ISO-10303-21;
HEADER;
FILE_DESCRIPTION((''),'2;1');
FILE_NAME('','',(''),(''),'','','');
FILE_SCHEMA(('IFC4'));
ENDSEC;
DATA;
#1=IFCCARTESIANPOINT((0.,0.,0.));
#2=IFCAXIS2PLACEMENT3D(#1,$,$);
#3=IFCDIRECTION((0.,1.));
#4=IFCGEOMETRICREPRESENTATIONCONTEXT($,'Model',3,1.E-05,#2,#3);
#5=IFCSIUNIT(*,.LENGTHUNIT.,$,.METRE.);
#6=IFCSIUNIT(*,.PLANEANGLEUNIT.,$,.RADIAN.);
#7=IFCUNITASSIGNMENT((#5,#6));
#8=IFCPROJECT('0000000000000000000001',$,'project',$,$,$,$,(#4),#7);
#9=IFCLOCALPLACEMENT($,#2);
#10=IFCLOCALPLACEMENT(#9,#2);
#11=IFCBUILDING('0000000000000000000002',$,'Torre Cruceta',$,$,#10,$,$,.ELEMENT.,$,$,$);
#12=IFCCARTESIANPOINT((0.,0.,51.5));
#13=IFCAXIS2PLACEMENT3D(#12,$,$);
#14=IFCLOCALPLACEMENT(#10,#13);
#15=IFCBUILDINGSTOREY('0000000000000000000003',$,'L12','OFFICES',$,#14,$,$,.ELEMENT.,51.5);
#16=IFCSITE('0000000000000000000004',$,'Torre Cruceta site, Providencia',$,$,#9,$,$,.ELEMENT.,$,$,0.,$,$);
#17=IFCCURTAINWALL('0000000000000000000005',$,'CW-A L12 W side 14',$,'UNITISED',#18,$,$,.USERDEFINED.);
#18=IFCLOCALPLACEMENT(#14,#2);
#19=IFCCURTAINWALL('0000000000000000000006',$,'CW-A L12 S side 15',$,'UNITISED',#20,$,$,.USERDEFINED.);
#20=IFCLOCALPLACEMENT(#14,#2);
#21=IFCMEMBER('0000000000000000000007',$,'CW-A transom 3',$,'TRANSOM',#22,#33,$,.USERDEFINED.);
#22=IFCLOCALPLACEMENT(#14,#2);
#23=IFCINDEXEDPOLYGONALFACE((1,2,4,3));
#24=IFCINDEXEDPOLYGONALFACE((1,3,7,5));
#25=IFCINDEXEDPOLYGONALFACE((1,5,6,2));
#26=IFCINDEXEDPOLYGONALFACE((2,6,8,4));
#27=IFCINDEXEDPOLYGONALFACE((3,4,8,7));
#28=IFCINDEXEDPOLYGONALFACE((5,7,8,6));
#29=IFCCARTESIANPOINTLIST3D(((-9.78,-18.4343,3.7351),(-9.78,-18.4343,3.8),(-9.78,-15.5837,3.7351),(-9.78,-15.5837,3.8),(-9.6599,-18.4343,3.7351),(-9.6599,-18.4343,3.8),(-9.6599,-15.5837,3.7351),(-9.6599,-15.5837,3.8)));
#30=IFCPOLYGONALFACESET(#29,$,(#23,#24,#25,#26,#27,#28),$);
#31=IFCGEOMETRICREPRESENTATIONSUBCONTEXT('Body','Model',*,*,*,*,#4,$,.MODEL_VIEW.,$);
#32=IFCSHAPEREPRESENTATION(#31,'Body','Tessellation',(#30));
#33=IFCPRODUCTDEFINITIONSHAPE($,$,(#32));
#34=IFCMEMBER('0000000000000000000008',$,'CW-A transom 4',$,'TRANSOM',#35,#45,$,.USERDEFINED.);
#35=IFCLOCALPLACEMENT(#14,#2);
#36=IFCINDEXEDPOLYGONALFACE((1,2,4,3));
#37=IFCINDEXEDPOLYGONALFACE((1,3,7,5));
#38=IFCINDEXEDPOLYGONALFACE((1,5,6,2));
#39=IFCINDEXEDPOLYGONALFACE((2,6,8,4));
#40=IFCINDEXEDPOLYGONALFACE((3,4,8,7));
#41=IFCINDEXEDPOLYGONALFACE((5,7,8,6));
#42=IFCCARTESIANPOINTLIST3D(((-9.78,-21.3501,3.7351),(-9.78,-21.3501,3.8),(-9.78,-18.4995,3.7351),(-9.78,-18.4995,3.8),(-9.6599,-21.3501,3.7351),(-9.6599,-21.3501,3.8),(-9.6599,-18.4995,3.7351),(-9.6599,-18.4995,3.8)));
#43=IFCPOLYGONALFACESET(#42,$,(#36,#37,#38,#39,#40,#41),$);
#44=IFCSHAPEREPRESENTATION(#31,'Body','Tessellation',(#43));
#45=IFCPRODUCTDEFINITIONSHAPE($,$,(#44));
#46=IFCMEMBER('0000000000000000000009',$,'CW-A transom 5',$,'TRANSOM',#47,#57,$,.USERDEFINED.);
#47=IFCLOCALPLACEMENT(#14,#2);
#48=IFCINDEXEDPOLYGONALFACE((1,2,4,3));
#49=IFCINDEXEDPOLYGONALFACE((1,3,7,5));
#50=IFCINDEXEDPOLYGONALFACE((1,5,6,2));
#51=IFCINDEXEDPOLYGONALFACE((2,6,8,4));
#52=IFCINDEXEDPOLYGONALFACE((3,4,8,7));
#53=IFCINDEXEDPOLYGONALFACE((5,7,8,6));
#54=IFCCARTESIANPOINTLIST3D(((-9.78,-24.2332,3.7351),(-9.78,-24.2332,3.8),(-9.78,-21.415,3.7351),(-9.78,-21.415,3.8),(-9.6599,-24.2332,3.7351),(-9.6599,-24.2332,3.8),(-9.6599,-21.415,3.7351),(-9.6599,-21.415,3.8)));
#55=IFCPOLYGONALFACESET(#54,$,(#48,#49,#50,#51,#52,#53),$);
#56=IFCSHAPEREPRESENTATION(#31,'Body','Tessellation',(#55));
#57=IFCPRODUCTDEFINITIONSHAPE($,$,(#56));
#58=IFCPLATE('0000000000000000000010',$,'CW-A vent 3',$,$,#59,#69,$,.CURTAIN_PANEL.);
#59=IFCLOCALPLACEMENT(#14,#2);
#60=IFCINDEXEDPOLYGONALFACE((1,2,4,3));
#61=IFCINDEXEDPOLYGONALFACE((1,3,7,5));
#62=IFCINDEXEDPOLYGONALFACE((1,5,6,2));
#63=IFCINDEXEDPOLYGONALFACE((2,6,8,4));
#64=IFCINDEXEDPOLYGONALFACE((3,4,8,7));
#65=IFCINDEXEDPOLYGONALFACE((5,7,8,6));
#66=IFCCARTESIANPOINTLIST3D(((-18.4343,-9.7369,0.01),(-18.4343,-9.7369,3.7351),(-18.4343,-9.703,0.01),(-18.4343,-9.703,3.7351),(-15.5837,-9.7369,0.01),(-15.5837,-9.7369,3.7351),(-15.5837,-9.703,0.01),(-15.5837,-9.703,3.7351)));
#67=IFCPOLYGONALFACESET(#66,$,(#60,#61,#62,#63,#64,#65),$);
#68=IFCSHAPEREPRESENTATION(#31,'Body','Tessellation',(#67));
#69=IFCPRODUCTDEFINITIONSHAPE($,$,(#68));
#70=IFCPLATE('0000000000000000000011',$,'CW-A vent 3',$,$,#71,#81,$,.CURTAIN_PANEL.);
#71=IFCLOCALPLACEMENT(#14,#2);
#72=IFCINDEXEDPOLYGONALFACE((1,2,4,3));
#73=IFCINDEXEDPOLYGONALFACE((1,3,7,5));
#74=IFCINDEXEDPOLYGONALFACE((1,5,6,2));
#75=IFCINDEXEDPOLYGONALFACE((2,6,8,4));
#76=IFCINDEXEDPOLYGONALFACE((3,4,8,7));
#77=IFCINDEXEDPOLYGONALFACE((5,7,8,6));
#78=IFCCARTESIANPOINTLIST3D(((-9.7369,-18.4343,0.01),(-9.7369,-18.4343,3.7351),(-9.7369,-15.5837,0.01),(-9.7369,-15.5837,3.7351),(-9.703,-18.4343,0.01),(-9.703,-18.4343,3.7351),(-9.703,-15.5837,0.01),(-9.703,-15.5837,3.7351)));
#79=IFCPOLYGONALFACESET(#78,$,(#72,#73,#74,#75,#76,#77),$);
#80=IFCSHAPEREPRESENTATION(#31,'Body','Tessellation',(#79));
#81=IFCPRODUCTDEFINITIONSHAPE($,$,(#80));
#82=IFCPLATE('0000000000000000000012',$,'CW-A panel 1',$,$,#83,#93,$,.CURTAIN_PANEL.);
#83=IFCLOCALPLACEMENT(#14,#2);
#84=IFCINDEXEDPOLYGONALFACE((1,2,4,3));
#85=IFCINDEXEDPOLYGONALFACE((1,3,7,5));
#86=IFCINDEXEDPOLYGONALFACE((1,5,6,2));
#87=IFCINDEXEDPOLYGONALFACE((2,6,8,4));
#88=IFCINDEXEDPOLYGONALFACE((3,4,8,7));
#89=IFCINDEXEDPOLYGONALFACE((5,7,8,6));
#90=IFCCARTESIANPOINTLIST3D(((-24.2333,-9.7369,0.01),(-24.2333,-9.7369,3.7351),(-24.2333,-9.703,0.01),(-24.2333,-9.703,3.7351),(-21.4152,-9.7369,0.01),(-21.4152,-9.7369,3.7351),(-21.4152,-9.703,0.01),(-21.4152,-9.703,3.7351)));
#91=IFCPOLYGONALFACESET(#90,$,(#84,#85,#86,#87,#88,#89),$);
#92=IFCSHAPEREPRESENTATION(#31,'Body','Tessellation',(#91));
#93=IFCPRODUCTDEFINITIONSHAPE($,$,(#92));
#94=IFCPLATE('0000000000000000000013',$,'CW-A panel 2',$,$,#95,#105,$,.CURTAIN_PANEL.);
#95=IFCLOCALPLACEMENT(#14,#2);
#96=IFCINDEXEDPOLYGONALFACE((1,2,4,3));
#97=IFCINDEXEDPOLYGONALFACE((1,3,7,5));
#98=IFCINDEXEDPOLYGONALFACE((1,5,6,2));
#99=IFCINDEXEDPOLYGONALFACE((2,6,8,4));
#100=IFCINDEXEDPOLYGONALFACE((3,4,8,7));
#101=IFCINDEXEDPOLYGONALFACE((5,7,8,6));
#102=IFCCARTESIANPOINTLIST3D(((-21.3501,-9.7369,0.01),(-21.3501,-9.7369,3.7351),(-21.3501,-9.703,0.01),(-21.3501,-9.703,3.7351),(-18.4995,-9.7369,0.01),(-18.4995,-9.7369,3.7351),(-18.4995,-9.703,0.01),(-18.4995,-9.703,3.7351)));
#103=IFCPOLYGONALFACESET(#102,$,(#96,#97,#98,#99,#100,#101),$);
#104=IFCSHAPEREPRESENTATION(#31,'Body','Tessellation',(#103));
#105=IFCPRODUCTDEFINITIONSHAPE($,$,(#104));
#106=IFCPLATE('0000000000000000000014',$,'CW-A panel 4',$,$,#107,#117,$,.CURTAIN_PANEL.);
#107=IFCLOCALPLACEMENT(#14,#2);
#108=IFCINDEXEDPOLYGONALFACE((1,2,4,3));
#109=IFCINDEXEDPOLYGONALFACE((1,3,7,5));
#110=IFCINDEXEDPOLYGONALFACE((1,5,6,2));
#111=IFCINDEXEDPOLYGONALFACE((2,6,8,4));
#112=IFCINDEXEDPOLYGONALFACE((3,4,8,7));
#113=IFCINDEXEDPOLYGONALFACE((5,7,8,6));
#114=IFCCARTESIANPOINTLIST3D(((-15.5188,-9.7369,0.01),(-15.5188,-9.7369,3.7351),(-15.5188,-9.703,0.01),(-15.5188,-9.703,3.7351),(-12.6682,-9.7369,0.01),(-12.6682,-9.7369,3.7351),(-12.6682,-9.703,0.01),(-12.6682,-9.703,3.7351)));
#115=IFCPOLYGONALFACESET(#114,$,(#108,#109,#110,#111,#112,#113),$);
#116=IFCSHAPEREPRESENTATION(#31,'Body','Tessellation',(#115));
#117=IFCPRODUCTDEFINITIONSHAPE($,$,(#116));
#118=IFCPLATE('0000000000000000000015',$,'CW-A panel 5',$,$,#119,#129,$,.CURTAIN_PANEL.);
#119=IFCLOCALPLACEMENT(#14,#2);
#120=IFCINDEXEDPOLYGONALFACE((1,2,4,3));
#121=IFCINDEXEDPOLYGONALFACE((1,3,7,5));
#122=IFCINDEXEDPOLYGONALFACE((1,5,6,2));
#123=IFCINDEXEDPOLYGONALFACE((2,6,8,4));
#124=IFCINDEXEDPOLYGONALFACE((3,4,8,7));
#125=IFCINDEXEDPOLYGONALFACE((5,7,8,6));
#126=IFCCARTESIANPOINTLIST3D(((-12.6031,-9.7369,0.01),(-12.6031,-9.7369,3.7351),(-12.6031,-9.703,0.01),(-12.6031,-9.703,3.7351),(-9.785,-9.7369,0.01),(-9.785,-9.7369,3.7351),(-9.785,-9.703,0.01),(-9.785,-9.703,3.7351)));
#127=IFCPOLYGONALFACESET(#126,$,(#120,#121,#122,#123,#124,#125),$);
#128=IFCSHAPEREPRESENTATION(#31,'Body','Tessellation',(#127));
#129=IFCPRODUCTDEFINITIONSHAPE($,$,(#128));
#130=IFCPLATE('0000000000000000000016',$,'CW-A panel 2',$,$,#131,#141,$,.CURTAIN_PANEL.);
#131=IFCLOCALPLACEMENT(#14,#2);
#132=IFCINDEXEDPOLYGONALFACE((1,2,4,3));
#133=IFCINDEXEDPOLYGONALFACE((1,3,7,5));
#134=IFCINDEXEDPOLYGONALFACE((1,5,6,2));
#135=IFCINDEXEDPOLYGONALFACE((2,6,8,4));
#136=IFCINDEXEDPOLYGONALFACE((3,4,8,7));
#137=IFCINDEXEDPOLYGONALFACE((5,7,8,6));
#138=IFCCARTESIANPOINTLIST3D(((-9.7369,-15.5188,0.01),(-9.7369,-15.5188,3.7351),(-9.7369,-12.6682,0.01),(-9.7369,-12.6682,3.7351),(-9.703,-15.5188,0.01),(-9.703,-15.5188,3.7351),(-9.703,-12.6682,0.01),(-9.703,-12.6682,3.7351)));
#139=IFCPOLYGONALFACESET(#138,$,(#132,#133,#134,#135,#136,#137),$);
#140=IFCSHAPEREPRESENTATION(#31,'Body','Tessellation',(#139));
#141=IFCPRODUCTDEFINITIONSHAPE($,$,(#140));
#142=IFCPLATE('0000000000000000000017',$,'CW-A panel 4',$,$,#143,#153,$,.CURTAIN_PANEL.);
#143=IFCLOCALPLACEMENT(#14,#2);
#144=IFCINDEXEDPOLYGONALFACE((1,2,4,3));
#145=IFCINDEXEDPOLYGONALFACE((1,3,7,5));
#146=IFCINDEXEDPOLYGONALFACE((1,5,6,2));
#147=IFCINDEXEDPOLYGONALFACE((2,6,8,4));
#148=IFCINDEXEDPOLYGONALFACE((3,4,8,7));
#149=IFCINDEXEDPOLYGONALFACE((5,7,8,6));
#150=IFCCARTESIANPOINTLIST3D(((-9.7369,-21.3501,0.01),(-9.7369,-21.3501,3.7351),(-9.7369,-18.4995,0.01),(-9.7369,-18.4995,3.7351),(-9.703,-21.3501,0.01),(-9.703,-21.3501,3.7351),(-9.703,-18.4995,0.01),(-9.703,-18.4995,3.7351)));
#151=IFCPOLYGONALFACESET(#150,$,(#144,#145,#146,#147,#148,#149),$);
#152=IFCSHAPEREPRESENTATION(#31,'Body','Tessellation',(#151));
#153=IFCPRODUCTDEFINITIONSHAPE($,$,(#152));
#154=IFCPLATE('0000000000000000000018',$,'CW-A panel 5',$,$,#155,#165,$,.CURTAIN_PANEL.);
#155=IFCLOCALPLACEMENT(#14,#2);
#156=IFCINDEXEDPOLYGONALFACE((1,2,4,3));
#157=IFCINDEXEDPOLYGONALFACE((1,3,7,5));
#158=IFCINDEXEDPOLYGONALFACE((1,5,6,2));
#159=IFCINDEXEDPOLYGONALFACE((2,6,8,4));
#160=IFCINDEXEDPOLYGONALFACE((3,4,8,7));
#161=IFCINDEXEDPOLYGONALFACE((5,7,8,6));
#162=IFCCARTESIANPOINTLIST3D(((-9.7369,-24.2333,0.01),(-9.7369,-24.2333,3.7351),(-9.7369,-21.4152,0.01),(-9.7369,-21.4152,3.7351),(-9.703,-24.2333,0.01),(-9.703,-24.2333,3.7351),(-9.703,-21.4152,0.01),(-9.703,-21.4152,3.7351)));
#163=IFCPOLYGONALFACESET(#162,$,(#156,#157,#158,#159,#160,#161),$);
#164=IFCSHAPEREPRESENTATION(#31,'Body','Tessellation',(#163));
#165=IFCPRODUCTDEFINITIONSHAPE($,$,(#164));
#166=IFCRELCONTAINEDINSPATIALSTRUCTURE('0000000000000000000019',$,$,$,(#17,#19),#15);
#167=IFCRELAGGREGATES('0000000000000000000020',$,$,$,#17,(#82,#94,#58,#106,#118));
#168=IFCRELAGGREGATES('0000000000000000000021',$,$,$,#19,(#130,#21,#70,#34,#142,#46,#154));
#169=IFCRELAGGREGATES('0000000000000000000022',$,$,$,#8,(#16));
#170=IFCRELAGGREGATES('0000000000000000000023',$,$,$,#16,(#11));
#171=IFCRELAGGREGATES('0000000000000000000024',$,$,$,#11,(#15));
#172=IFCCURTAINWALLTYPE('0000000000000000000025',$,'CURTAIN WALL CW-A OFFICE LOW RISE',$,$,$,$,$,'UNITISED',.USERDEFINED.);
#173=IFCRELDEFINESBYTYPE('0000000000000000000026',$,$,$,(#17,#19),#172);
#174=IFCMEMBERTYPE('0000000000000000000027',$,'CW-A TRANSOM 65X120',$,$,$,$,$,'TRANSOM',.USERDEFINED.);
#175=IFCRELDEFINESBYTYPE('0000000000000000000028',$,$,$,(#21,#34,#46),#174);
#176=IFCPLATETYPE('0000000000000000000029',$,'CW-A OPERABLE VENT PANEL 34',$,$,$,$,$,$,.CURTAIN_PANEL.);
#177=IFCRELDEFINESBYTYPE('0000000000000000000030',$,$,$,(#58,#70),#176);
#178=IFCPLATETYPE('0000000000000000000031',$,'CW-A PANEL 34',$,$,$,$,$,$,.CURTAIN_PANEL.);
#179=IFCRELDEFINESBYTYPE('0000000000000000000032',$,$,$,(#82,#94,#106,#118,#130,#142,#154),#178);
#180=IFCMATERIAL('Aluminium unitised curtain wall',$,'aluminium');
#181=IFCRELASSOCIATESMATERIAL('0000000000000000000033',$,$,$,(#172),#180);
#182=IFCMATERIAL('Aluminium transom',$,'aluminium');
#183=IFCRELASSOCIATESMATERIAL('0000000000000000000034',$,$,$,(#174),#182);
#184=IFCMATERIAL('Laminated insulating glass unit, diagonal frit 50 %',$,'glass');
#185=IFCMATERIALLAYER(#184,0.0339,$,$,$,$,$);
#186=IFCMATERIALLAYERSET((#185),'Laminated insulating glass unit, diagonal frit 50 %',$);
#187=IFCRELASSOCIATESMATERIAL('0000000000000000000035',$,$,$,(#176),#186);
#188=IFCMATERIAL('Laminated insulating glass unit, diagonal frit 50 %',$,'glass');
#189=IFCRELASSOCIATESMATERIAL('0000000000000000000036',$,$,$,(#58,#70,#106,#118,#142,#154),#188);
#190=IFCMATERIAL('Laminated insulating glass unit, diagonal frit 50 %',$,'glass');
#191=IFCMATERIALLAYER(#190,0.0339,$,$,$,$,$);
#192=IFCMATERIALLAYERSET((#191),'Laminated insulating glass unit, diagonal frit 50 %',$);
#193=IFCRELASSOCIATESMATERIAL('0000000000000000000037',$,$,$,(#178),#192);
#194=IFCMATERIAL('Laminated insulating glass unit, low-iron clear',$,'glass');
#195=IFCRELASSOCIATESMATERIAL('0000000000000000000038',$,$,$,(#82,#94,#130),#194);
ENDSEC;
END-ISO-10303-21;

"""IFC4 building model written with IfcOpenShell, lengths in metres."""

from ifc_helpers import new_model, si_unit, direction, frame, origin, origin_2d, place, context, subcontext, project, spatial, rectangle, extrude, material, layer, layer_set, material_profile, profile_set, type_object, element, aggregate, save


model = new_model("IFC4")

# Units and contexts
model_context = context("Model", 3, precision=1e-05, world=origin(), true_north=direction((0.0, 1.0)))
body_context = subcontext(model_context, "Body", "Model", "MODEL_VIEW")
ifc_project = project(units=[si_unit("LENGTHUNIT", "METRE"), si_unit("PLANEANGLEUNIT", "RADIAN")], contexts=[model_context])

# Site, building, storey
site_placement = place(None, origin())
site = spatial("IfcSite", under=ifc_project, at=site_placement, Name="Torre Cruceta site, Providencia", CompositionType="ELEMENT", RefElevation=0.0)
building_placement = place(site_placement, origin())
building = spatial("IfcBuilding", under=site, at=building_placement, Name="Torre Cruceta", CompositionType="ELEMENT")
storey_placement = place(building_placement, frame((0.0, 0.0, 51.5)))
storey = spatial("IfcBuildingStorey", under=building, at=storey_placement, Name="L12", Description="OFFICES", CompositionType="ELEMENT", Elevation=51.5)

# Curtain walls
ifc_material_1 = material(Name="Aluminium unitised curtain wall", Category="aluminium")
curtain_wall_type = type_object("IfcCurtainWallType", Name="CURTAIN WALL CW-A OFFICE LOW RISE", ElementType="UNITISED", PredefinedType="USERDEFINED", material=ifc_material_1)
curtain_wall_1_placement = place(storey_placement, origin())
curtain_wall_1 = element("IfcCurtainWall", 1, at=curtain_wall_1_placement, inside=storey, type_object=curtain_wall_type, Name="CW-A L12 W side 14", ObjectType="UNITISED", PredefinedType="USERDEFINED")
curtain_wall_2_placement = place(storey_placement, origin())
curtain_wall_2 = element("IfcCurtainWall", 2, at=curtain_wall_2_placement, inside=storey, type_object=curtain_wall_type, Name="CW-A L12 S side 15", ObjectType="UNITISED", PredefinedType="USERDEFINED")

# Members
ifc_material_2 = material(Name="Aluminium transom", Category="aluminium")
ifc_material_profile_1 = material_profile(ifc_material_2, rectangle(XDim=0.1201, YDim=0.0649, at=origin_2d()), Name="AL 120X65")
ifc_profile_set_1 = profile_set([ifc_material_profile_1], Name="Aluminium transom")
member_type_1 = type_object("IfcMemberType", Name="CW-A TRANSOM 65X120", ElementType="TRANSOM", PredefinedType="USERDEFINED", material=ifc_profile_set_1)
member_1_placement = place(storey_placement, frame((-9.72, -15.5837, 3.7676), z_axis=(0.0, -1.0, 0.0), x_axis=(1.0, 0.0, 0.0)))
member_1 = element("IfcMember", 3, at=member_1_placement, type_object=member_type_1, Name="CW-A transom 3", ObjectType="TRANSOM", PredefinedType="USERDEFINED", context=body_context, shape_type="SweptSolid", body=[
    extrude(rectangle(XDim=0.1201, YDim=0.0649, at=origin_2d()), origin(), (0.0, 0.0, 1.0), 2.8506),
])
member_2_placement = place(storey_placement, frame((-9.72, -18.4995, 3.7676), z_axis=(0.0, -1.0, 0.0), x_axis=(1.0, 0.0, 0.0)))
member_2 = element("IfcMember", 4, at=member_2_placement, type_object=member_type_1, Name="CW-A transom 4", ObjectType="TRANSOM", PredefinedType="USERDEFINED", context=body_context, shape_type="SweptSolid", body=[
    extrude(rectangle(XDim=0.1201, YDim=0.0649, at=origin_2d()), origin(), (0.0, 0.0, 1.0), 2.8506),
])
member_3_placement = place(storey_placement, frame((-9.72, -21.415, 3.7676), z_axis=(0.0, -1.0, 0.0), x_axis=(1.0, 0.0, 0.0)))
member_3 = element("IfcMember", 5, at=member_3_placement, type_object=member_type_1, Name="CW-A transom 5", ObjectType="TRANSOM", PredefinedType="USERDEFINED", context=body_context, shape_type="SweptSolid", body=[
    extrude(rectangle(XDim=0.1201, YDim=0.0649, at=origin_2d()), origin(), (0.0, 0.0, 1.0), 2.8181),
])

# Plates
ifc_material_3 = material(Name="Laminated insulating glass unit, diagonal frit 50 %", Category="glass")
ifc_material_4 = material(Name="Laminated insulating glass unit, diagonal frit 50 %", Category="glass")
ifc_layer_1 = layer(ifc_material_4, 0.0339)
ifc_layer_set_1 = layer_set([ifc_layer_1], Name="Laminated insulating glass unit, diagonal frit 50 %")
plate_type_1 = type_object("IfcPlateType", Name="CW-A OPERABLE VENT PANEL 34", PredefinedType="CURTAIN_PANEL", material=ifc_layer_set_1)
plate_1_placement = place(storey_placement, frame((-17.009, -9.72, 0.01), z_axis=(0.0, 0.0, 1.0), x_axis=(1.0, 0.0, 0.0)))
plate_1 = element("IfcPlate", 6, at=plate_1_placement, type_object=plate_type_1, material=ifc_material_3, Name="CW-A vent 3", PredefinedType="CURTAIN_PANEL", context=body_context, shape_type="SweptSolid", body=[
    extrude(rectangle(XDim=2.8506, YDim=0.0339, at=origin_2d()), origin(), (0.0, 0.0, 1.0), 3.7251),
])
plate_2_placement = place(storey_placement, frame((-9.72, -17.009, 0.01), z_axis=(0.0, 0.0, 1.0), x_axis=(0.0, -1.0, 0.0)))
plate_2 = element("IfcPlate", 7, at=plate_2_placement, type_object=plate_type_1, material=ifc_material_3, Name="CW-A vent 3", PredefinedType="CURTAIN_PANEL", context=body_context, shape_type="SweptSolid", body=[
    extrude(rectangle(XDim=2.8506, YDim=0.0339, at=origin_2d()), origin(), (0.0, 0.0, 1.0), 3.7251),
])
ifc_material_5 = material(Name="Laminated insulating glass unit, low-iron clear", Category="glass")
ifc_material_6 = material(Name="Laminated insulating glass unit, diagonal frit 50 %", Category="glass")
ifc_layer_2 = layer(ifc_material_6, 0.0339)
ifc_layer_set_2 = layer_set([ifc_layer_2], Name="Laminated insulating glass unit, diagonal frit 50 %")
plate_type_2 = type_object("IfcPlateType", Name="CW-A PANEL 34", PredefinedType="CURTAIN_PANEL", material=ifc_layer_set_2)
plate_3_placement = place(storey_placement, frame((-22.8242, -9.72, 0.01), z_axis=(0.0, 0.0, 1.0), x_axis=(1.0, 0.0, 0.0)))
plate_3 = element("IfcPlate", 8, at=plate_3_placement, type_object=plate_type_2, material=ifc_material_5, Name="CW-A panel 1", PredefinedType="CURTAIN_PANEL", context=body_context, shape_type="SweptSolid", body=[
    extrude(rectangle(XDim=2.8181, YDim=0.0339, at=origin_2d()), origin(), (0.0, 0.0, 1.0), 3.7251),
])
plate_4_placement = place(storey_placement, frame((-19.9248, -9.72, 0.01), z_axis=(0.0, 0.0, 1.0), x_axis=(1.0, 0.0, 0.0)))
plate_4 = element("IfcPlate", 9, at=plate_4_placement, type_object=plate_type_2, material=ifc_material_5, Name="CW-A panel 2", PredefinedType="CURTAIN_PANEL", context=body_context, shape_type="SweptSolid", body=[
    extrude(rectangle(XDim=2.8506, YDim=0.0339, at=origin_2d()), origin(), (0.0, 0.0, 1.0), 3.7251),
])
plate_5_placement = place(storey_placement, frame((-14.0935, -9.72, 0.01), z_axis=(0.0, 0.0, 1.0), x_axis=(1.0, 0.0, 0.0)))
plate_5 = element("IfcPlate", 10, at=plate_5_placement, type_object=plate_type_2, material=ifc_material_3, Name="CW-A panel 4", PredefinedType="CURTAIN_PANEL", context=body_context, shape_type="SweptSolid", body=[
    extrude(rectangle(XDim=2.8506, YDim=0.0339, at=origin_2d()), origin(), (0.0, 0.0, 1.0), 3.7251),
])
plate_6_placement = place(storey_placement, frame((-11.1941, -9.72, 0.01), z_axis=(0.0, 0.0, 1.0), x_axis=(1.0, 0.0, 0.0)))
plate_6 = element("IfcPlate", 11, at=plate_6_placement, type_object=plate_type_2, material=ifc_material_3, Name="CW-A panel 5", PredefinedType="CURTAIN_PANEL", context=body_context, shape_type="SweptSolid", body=[
    extrude(rectangle(XDim=2.8181, YDim=0.0339, at=origin_2d()), origin(), (0.0, 0.0, 1.0), 3.7251),
])
aggregate(curtain_wall_1, [plate_3, plate_4, plate_1, plate_5, plate_6])
plate_7_placement = place(storey_placement, frame((-9.72, -14.0935, 0.01), z_axis=(0.0, 0.0, 1.0), x_axis=(0.0, -1.0, 0.0)))
plate_7 = element("IfcPlate", 12, at=plate_7_placement, type_object=plate_type_2, material=ifc_material_5, Name="CW-A panel 2", PredefinedType="CURTAIN_PANEL", context=body_context, shape_type="SweptSolid", body=[
    extrude(rectangle(XDim=2.8506, YDim=0.0339, at=origin_2d()), origin(), (0.0, 0.0, 1.0), 3.7251),
])
plate_8_placement = place(storey_placement, frame((-9.72, -19.9248, 0.01), z_axis=(0.0, 0.0, 1.0), x_axis=(0.0, -1.0, 0.0)))
plate_8 = element("IfcPlate", 13, at=plate_8_placement, type_object=plate_type_2, material=ifc_material_3, Name="CW-A panel 4", PredefinedType="CURTAIN_PANEL", context=body_context, shape_type="SweptSolid", body=[
    extrude(rectangle(XDim=2.8506, YDim=0.0339, at=origin_2d()), origin(), (0.0, 0.0, 1.0), 3.7251),
])
plate_9_placement = place(storey_placement, frame((-9.72, -22.8242, 0.01), z_axis=(0.0, 0.0, 1.0), x_axis=(0.0, -1.0, 0.0)))
plate_9 = element("IfcPlate", 14, at=plate_9_placement, type_object=plate_type_2, material=ifc_material_3, Name="CW-A panel 5", PredefinedType="CURTAIN_PANEL", context=body_context, shape_type="SweptSolid", body=[
    extrude(rectangle(XDim=2.8181, YDim=0.0339, at=origin_2d()), origin(), (0.0, 0.0, 1.0), 3.7251),
])
aggregate(curtain_wall_2, [plate_7, member_1, plate_2, member_2, plate_8, member_3, plate_9])

save(model, "model.ifc")
